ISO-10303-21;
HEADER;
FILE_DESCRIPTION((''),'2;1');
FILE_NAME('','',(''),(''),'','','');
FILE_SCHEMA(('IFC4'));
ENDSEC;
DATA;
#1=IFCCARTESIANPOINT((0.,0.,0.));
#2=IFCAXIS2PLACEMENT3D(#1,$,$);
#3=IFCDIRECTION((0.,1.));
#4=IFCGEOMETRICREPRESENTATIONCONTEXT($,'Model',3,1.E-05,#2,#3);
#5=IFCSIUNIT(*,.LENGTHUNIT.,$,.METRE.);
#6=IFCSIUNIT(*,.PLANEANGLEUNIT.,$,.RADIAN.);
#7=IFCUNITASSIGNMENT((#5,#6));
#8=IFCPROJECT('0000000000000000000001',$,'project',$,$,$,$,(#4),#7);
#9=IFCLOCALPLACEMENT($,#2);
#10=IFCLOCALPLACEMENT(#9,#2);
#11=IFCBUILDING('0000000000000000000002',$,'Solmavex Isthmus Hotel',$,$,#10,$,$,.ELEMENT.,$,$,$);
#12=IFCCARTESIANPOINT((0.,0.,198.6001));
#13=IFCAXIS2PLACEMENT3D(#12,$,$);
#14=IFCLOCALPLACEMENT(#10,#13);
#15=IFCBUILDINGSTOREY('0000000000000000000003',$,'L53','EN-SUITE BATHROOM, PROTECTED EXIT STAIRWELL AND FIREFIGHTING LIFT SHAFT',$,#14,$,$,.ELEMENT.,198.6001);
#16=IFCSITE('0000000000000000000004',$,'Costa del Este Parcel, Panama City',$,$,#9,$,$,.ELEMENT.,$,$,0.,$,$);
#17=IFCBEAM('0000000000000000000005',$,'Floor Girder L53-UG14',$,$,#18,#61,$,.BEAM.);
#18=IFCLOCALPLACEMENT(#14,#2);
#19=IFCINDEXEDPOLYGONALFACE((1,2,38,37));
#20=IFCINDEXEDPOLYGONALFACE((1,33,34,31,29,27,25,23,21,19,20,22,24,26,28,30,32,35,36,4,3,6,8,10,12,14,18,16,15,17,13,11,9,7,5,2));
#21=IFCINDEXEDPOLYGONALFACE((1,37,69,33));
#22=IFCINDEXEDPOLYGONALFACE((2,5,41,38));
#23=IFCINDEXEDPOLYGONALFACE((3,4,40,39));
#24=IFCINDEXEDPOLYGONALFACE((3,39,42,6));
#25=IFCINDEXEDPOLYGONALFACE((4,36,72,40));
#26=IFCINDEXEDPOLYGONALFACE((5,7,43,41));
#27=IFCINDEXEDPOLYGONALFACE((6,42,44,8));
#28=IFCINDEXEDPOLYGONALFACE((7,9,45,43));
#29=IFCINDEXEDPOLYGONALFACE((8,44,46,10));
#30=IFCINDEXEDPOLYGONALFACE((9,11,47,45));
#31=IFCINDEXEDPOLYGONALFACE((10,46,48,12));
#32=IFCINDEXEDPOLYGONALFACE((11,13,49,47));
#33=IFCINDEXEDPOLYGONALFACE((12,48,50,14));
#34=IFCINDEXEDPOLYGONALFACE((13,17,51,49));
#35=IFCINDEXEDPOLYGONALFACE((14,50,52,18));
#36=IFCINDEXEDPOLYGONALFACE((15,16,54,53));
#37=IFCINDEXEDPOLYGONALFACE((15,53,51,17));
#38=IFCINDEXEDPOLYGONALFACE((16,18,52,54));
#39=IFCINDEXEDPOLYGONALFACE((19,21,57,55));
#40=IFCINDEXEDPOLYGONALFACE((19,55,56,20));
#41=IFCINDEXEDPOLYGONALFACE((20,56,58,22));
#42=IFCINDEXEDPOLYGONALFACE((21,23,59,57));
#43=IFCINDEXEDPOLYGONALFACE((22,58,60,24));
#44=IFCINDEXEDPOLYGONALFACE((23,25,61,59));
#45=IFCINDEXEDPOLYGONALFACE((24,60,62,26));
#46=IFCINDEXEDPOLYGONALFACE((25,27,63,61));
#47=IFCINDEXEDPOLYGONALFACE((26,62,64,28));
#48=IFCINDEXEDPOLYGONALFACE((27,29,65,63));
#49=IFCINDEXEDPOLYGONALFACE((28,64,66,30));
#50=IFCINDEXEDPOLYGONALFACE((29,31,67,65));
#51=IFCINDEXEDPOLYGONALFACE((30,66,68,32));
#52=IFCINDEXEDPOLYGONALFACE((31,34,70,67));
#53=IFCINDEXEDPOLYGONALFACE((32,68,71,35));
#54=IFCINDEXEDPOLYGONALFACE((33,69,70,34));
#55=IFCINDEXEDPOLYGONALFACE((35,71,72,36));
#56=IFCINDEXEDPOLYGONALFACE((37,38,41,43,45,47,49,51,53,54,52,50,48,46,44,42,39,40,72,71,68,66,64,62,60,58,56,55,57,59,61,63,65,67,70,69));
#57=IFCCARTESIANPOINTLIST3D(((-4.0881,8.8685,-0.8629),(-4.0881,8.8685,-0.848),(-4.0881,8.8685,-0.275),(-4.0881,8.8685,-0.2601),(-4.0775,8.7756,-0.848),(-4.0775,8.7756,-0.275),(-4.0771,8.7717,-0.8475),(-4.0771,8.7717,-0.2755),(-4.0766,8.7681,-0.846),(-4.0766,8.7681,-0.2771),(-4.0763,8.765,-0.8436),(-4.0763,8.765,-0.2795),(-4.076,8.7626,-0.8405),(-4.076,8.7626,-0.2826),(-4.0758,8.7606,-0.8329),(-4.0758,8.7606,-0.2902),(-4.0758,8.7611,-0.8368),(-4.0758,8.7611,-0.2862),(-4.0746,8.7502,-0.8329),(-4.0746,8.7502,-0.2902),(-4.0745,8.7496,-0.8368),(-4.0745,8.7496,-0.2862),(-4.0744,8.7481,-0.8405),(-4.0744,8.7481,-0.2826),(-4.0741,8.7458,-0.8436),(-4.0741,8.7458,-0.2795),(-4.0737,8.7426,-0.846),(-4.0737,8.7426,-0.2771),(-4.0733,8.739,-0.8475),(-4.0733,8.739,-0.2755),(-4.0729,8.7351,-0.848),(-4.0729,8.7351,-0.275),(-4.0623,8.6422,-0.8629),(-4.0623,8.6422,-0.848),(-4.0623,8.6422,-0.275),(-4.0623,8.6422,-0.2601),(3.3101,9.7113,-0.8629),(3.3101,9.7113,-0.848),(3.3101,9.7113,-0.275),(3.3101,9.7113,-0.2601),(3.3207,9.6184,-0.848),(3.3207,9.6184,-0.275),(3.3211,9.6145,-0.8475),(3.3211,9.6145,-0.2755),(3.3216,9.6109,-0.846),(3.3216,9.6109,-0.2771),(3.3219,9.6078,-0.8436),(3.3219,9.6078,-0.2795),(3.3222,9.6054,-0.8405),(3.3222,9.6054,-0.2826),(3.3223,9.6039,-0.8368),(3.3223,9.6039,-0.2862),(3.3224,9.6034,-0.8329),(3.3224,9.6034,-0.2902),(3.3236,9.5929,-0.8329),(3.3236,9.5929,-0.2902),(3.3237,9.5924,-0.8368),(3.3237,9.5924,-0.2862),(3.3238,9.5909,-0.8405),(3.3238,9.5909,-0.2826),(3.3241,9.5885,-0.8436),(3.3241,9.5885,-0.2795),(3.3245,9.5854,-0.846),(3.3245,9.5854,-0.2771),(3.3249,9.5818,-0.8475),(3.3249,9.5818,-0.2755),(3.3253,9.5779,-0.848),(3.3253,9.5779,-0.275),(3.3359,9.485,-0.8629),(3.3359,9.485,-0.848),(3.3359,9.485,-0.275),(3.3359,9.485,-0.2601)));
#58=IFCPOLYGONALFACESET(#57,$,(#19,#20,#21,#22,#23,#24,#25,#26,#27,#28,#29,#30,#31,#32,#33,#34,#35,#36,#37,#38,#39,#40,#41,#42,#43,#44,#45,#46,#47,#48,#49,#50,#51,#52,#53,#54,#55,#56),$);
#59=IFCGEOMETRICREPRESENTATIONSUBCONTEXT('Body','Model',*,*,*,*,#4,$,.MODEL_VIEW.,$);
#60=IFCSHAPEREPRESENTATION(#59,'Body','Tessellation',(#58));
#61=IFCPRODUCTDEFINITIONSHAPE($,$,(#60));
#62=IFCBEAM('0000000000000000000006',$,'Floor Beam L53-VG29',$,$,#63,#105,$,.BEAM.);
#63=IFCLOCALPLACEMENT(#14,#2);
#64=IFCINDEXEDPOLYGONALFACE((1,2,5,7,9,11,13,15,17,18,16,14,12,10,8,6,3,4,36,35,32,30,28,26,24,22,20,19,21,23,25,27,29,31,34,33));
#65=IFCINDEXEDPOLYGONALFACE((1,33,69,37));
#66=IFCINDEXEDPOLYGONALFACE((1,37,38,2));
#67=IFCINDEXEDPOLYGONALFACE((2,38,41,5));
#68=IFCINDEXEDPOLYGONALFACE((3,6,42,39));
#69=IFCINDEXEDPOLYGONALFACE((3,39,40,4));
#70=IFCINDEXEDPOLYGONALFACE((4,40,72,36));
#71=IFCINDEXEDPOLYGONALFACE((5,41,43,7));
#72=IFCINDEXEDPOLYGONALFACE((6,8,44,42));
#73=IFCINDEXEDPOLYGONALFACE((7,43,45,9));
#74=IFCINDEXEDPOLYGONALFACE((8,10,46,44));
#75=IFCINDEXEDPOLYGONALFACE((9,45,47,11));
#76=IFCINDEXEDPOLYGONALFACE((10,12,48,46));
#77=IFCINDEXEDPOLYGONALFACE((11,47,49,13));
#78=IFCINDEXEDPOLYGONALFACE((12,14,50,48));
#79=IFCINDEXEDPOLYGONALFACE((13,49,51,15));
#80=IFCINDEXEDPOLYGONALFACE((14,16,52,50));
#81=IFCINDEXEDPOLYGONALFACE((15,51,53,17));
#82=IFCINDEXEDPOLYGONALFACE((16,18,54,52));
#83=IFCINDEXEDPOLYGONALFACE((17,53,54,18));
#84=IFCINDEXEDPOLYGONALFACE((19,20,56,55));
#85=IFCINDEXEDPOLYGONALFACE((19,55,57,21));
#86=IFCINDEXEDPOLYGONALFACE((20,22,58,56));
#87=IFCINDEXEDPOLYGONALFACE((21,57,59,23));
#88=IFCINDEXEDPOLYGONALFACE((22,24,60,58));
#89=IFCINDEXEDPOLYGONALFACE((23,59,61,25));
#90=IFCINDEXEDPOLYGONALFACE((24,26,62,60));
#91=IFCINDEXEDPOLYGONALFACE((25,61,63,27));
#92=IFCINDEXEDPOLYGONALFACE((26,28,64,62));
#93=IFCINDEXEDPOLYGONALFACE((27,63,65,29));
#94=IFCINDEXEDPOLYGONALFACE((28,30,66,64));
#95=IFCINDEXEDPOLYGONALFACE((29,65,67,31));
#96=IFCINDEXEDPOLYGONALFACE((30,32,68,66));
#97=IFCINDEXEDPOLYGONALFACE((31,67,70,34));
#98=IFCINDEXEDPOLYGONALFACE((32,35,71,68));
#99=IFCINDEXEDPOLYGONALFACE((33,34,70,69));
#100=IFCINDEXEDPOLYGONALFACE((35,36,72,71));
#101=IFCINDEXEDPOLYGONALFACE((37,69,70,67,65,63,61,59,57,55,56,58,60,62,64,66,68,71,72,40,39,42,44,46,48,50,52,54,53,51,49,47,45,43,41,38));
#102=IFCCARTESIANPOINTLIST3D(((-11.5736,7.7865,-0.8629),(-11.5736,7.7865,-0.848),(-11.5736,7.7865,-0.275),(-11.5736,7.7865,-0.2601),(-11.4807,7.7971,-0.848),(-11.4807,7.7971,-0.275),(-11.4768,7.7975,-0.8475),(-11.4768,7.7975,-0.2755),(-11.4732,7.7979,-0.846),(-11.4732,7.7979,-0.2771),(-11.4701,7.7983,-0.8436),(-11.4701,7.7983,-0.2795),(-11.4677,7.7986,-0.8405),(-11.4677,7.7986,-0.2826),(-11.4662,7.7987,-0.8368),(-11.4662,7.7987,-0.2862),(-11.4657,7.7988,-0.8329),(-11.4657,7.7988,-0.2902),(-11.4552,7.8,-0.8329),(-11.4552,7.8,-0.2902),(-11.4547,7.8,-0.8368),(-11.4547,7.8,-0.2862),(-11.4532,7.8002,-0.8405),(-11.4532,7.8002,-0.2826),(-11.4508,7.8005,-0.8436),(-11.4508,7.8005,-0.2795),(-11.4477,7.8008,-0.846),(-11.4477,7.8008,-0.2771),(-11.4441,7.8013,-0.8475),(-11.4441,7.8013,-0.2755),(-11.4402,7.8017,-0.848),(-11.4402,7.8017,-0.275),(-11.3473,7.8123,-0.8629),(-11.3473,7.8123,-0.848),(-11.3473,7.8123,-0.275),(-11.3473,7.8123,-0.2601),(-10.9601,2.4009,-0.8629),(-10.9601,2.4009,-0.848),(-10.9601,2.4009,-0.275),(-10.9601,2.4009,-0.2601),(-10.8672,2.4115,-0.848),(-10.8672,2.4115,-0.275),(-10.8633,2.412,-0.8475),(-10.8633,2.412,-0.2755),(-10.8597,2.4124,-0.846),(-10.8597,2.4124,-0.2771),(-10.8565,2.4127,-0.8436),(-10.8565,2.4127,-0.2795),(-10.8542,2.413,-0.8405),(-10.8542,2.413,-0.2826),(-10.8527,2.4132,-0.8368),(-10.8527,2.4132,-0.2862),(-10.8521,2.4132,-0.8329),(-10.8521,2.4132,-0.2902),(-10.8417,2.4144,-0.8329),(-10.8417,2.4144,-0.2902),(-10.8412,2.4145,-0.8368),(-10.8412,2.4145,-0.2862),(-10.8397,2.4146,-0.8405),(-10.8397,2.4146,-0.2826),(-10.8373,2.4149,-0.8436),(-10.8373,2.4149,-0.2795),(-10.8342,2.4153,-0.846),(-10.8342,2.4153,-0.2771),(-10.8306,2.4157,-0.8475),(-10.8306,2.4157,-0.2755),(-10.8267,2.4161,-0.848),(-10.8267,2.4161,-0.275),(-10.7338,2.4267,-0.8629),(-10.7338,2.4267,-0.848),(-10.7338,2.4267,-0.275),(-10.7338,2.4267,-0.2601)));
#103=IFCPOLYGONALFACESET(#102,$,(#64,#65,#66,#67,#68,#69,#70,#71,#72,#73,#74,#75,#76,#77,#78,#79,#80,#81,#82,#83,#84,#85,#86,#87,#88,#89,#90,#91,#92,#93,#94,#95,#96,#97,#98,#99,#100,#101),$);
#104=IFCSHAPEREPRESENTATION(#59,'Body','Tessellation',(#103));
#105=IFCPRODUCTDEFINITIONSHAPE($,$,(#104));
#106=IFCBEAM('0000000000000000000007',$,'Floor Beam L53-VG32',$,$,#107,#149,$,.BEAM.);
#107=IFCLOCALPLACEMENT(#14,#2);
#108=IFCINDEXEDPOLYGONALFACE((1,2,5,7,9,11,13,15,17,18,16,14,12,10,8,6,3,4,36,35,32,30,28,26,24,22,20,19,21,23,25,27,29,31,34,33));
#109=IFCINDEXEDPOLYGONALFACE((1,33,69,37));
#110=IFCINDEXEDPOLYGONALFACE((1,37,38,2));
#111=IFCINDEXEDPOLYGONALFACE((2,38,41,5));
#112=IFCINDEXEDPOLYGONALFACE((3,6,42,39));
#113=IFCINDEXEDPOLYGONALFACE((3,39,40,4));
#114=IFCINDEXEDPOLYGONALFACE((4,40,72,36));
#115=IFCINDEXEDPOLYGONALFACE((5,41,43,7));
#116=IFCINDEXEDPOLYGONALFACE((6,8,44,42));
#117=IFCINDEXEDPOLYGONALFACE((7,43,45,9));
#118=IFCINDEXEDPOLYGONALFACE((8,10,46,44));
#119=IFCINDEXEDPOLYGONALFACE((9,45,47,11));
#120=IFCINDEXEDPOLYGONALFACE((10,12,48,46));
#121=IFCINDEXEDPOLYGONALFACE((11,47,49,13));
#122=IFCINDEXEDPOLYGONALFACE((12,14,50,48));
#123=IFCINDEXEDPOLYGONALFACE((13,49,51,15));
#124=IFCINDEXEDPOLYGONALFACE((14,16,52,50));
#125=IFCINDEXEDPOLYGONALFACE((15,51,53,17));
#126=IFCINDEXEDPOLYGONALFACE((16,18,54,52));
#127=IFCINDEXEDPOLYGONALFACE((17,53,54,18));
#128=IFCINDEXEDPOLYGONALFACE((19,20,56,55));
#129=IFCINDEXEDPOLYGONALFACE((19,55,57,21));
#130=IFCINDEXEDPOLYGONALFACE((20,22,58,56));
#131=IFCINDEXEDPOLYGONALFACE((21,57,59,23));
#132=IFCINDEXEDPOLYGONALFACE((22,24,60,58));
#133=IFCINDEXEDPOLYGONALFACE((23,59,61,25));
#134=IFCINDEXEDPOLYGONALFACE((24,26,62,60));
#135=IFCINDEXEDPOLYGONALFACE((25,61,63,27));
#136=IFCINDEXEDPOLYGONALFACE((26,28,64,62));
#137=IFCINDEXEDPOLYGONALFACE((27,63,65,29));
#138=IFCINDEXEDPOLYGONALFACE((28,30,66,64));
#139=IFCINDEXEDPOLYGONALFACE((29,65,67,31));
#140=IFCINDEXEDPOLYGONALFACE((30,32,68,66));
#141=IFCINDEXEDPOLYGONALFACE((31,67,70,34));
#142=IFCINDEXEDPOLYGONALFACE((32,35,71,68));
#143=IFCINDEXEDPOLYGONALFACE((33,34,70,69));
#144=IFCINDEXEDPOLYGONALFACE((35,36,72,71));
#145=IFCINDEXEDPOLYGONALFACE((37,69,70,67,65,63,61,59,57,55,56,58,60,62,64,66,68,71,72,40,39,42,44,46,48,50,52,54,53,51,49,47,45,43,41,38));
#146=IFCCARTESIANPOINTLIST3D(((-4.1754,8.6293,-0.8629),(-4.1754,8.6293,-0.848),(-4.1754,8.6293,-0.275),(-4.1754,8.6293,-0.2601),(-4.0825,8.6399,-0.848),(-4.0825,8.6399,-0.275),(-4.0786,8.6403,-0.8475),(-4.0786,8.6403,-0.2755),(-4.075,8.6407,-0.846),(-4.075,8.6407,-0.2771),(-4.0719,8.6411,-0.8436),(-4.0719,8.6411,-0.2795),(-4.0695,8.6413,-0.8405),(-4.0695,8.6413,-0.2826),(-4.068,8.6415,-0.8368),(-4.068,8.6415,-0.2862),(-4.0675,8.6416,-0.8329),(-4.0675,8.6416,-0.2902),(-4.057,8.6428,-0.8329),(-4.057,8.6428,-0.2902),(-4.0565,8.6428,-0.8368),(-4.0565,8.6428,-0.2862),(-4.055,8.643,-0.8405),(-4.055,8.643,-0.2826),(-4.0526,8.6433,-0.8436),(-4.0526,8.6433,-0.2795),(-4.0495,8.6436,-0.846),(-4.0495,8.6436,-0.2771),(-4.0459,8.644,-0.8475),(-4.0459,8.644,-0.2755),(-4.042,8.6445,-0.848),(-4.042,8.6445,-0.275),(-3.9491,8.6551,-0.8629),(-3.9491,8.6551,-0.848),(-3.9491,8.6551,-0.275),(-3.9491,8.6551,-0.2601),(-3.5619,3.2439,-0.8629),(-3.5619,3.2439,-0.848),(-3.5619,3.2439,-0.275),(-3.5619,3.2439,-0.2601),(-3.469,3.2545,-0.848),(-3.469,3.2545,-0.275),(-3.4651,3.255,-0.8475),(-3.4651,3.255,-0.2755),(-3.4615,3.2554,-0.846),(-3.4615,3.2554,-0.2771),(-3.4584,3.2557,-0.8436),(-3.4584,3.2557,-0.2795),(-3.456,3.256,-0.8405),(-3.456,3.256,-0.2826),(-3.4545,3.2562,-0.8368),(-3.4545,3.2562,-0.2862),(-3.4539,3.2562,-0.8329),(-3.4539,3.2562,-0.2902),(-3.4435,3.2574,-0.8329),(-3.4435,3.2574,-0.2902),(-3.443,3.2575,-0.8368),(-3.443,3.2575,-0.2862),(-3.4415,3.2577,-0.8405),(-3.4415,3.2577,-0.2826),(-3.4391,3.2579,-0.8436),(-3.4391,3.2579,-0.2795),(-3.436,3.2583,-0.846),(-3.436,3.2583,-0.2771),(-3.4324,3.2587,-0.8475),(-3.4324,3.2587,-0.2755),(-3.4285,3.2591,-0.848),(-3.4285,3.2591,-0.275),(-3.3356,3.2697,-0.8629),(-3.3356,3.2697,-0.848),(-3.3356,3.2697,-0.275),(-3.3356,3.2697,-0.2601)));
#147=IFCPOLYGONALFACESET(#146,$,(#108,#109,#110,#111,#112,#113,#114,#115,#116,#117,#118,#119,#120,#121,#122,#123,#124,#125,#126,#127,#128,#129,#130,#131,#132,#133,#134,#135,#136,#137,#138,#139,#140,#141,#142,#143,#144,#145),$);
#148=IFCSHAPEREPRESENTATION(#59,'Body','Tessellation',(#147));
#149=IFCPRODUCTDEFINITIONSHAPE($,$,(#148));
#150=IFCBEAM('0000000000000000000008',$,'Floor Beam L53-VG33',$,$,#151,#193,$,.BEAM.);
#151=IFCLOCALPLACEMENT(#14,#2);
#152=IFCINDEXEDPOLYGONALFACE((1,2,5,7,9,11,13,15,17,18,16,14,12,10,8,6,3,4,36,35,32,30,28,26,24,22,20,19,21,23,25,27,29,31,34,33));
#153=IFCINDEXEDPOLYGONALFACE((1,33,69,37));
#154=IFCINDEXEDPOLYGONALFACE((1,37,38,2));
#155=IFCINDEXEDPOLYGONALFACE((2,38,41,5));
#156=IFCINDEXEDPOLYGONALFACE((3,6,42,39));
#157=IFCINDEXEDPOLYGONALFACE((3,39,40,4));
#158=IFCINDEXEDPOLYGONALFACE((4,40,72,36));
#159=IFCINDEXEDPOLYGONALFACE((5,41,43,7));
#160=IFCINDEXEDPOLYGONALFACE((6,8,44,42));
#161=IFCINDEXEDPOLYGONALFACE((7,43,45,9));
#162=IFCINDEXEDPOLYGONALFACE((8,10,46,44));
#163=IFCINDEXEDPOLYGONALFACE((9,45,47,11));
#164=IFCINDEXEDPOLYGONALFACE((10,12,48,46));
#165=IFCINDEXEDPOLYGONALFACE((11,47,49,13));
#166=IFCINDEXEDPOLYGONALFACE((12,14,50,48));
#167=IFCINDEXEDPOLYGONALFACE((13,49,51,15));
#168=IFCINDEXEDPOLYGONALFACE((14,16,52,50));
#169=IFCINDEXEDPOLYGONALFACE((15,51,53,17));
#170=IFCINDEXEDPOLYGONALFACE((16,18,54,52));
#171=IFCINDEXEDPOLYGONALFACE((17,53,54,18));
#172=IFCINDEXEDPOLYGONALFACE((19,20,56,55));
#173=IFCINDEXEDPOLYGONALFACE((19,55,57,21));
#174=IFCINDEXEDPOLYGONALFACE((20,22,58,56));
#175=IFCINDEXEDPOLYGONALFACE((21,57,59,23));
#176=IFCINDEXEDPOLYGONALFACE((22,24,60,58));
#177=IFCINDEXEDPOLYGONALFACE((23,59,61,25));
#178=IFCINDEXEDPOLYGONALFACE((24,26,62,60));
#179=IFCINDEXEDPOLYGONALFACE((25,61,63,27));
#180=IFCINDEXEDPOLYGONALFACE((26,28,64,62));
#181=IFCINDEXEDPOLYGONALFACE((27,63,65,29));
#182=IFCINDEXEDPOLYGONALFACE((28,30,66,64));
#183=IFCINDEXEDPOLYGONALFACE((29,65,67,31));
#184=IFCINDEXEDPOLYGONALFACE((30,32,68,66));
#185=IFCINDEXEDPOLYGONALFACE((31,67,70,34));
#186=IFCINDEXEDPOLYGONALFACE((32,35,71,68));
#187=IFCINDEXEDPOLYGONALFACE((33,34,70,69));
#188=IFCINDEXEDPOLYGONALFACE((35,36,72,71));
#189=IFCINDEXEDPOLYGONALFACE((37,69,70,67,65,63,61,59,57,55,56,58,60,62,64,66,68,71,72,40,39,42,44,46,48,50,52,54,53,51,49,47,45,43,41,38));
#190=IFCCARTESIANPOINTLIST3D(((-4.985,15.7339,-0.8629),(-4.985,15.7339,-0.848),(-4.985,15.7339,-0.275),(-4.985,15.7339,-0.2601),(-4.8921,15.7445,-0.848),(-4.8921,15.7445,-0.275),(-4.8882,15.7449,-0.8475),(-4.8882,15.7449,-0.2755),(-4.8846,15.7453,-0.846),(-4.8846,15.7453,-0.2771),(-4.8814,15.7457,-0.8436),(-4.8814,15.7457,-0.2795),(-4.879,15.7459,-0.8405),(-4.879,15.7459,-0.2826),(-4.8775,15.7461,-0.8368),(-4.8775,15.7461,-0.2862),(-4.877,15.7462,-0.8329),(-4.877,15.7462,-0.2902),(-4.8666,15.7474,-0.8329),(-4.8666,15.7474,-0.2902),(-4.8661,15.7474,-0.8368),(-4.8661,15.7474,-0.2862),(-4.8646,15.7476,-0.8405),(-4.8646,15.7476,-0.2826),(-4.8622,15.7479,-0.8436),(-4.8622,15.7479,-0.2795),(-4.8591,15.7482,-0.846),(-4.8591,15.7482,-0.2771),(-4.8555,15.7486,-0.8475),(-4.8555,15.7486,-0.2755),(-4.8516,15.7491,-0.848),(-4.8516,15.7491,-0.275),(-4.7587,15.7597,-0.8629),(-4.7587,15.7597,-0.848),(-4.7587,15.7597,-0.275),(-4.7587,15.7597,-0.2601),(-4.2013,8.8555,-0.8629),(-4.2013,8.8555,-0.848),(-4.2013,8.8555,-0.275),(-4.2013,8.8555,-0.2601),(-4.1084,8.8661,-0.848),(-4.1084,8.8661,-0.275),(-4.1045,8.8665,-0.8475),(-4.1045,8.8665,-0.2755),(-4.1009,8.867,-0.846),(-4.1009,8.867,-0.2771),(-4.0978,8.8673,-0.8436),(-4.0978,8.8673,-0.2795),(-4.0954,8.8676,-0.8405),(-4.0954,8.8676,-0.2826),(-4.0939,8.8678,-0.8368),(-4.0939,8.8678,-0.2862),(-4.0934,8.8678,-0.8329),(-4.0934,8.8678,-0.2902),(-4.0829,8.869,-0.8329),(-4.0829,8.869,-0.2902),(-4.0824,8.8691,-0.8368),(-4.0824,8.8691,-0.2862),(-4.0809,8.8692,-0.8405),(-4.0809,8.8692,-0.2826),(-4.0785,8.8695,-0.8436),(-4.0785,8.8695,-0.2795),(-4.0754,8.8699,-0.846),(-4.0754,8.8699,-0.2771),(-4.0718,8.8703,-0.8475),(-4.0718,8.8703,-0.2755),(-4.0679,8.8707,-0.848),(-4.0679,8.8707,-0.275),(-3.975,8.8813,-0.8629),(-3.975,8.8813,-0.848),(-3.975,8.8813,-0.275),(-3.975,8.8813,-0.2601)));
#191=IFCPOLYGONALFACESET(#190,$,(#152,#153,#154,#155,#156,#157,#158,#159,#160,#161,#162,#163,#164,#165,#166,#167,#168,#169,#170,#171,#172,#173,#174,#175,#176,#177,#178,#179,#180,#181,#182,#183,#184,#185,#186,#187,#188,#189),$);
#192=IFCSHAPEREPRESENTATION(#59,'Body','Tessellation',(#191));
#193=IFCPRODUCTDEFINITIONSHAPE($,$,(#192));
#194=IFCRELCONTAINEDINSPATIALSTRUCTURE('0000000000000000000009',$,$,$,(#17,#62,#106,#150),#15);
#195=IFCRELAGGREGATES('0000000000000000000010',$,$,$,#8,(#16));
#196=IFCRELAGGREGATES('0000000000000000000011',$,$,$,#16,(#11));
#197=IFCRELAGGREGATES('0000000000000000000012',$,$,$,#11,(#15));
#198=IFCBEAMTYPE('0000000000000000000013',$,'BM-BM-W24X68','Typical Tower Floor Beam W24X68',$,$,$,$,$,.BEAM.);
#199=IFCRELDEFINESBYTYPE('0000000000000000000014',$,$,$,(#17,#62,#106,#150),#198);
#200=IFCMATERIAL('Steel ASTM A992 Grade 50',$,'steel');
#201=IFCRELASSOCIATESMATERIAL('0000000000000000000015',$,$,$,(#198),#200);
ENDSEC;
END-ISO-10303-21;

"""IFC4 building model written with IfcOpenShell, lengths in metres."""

from ifc_helpers import new_model, si_unit, direction, frame, origin, origin_2d, place, context, subcontext, project, spatial, i_section, extrude, material, material_profile, profile_set, type_object, element, save


model = new_model("IFC4")

# Units and contexts
model_context = context("Model", 3, precision=1e-05, world=origin(), true_north=direction((0.0, 1.0)))
body_context = subcontext(model_context, "Body", "Model", "MODEL_VIEW")
ifc_project = project(units=[si_unit("LENGTHUNIT", "METRE"), si_unit("PLANEANGLEUNIT", "RADIAN")], contexts=[model_context])

# Site, building, storey
site_placement = place(None, origin())
site = spatial("IfcSite", under=ifc_project, at=site_placement, Name="Costa del Este Parcel, Panama City", CompositionType="ELEMENT", RefElevation=0.0)
building_placement = place(site_placement, origin())
building = spatial("IfcBuilding", under=site, at=building_placement, Name="Solmavex Isthmus Hotel", CompositionType="ELEMENT")
storey_placement = place(building_placement, frame((0.0, 0.0, 198.6001)))
storey = spatial("IfcBuildingStorey", under=building, at=storey_placement, Name="L53", Description="EN-SUITE BATHROOM, PROTECTED EXIT STAIRWELL AND FIREFIGHTING LIFT SHAFT", CompositionType="ELEMENT", Elevation=198.6001)

# Beams
ifc_material_1 = material(Name="Steel ASTM A992 Grade 50", Category="steel")
ifc_material_profile_1 = material_profile(ifc_material_1, i_section(OverallWidth=0.2278, OverallDepth=0.6028, WebThickness=0.0105, FlangeThickness=0.0149, FilletRadius=0.0151, at=origin_2d()), Name="W24X68")
ifc_profile_set_1 = profile_set([ifc_material_profile_1], Name="Steel ASTM A992 Grade 50")
beam_type_1 = type_object("IfcBeamType", Name="BM-BM-W24X68", Description="Typical Tower Floor Beam W24X68", PredefinedType="BEAM", material=ifc_profile_set_1)
for number, where, z_axis, x_axis, name in (
    (1, (-4.0752, 8.7554, -0.5615), (0.993574, 0.113184, 0.0), (-0.113184, 0.993574, 0.0), "Floor Girder L53-UG14"),
):
    element("IfcBeam", number, at=place(storey_placement, frame(where, z_axis=z_axis, x_axis=x_axis)), inside=storey, type_object=beam_type_1, Name=name, PredefinedType="BEAM", context=body_context, shape_type="SweptSolid", body=[
        extrude(i_section(OverallWidth=0.2278, OverallDepth=0.6028, WebThickness=0.0105, FlangeThickness=0.0149, FilletRadius=0.0151, at=origin_2d()), origin(), (0.0, 0.0, 1.0), 7.446),
    ])
beam_1_placement = place(storey_placement, frame((-10.8469, 2.4138, -0.5615), z_axis=(-0.11319, 0.993573, 0.0), x_axis=(-0.993573, -0.11319, 0.0)))
element("IfcBeam", 2, at=beam_1_placement, inside=storey, type_object=beam_type_1, Name="Floor Beam L53-VG29", PredefinedType="BEAM", context=body_context, shape_type="SweptSolid", body=[
    extrude(i_section(OverallWidth=0.2278, OverallDepth=0.6028, WebThickness=0.0105, FlangeThickness=0.0149, FilletRadius=0.0151, at=origin_2d()), origin(), (0.0, 0.0, 1.0), 5.4204),
])
beam_2_placement = place(storey_placement, frame((-3.4487, 3.2568, -0.5615), z_axis=(-0.113195, 0.993573, 0.0), x_axis=(-0.993573, -0.113195, 0.0)))
element("IfcBeam", 3, at=beam_2_placement, inside=storey, type_object=beam_type_1, Name="Floor Beam L53-VG32", PredefinedType="BEAM", context=body_context, shape_type="SweptSolid", body=[
    extrude(i_section(OverallWidth=0.2278, OverallDepth=0.6028, WebThickness=0.0105, FlangeThickness=0.0149, FilletRadius=0.0151, at=origin_2d()), origin(), (0.0, 0.0, 1.0), 5.4202),
])
beam_3_placement = place(storey_placement, frame((-4.0881, 8.8684, -0.5615), z_axis=(-0.113202, 0.993572, 0.0), x_axis=(-0.993572, -0.113202, 0.0)))
element("IfcBeam", 4, at=beam_3_placement, inside=storey, type_object=beam_type_1, Name="Floor Beam L53-VG33", PredefinedType="BEAM", context=body_context, shape_type="SweptSolid", body=[
    extrude(i_section(OverallWidth=0.2278, OverallDepth=0.6028, WebThickness=0.0105, FlangeThickness=0.0149, FilletRadius=0.0151, at=origin_2d()), origin(), (0.0, 0.0, 1.0), 6.9229),
])

save(model, "model.ifc")
